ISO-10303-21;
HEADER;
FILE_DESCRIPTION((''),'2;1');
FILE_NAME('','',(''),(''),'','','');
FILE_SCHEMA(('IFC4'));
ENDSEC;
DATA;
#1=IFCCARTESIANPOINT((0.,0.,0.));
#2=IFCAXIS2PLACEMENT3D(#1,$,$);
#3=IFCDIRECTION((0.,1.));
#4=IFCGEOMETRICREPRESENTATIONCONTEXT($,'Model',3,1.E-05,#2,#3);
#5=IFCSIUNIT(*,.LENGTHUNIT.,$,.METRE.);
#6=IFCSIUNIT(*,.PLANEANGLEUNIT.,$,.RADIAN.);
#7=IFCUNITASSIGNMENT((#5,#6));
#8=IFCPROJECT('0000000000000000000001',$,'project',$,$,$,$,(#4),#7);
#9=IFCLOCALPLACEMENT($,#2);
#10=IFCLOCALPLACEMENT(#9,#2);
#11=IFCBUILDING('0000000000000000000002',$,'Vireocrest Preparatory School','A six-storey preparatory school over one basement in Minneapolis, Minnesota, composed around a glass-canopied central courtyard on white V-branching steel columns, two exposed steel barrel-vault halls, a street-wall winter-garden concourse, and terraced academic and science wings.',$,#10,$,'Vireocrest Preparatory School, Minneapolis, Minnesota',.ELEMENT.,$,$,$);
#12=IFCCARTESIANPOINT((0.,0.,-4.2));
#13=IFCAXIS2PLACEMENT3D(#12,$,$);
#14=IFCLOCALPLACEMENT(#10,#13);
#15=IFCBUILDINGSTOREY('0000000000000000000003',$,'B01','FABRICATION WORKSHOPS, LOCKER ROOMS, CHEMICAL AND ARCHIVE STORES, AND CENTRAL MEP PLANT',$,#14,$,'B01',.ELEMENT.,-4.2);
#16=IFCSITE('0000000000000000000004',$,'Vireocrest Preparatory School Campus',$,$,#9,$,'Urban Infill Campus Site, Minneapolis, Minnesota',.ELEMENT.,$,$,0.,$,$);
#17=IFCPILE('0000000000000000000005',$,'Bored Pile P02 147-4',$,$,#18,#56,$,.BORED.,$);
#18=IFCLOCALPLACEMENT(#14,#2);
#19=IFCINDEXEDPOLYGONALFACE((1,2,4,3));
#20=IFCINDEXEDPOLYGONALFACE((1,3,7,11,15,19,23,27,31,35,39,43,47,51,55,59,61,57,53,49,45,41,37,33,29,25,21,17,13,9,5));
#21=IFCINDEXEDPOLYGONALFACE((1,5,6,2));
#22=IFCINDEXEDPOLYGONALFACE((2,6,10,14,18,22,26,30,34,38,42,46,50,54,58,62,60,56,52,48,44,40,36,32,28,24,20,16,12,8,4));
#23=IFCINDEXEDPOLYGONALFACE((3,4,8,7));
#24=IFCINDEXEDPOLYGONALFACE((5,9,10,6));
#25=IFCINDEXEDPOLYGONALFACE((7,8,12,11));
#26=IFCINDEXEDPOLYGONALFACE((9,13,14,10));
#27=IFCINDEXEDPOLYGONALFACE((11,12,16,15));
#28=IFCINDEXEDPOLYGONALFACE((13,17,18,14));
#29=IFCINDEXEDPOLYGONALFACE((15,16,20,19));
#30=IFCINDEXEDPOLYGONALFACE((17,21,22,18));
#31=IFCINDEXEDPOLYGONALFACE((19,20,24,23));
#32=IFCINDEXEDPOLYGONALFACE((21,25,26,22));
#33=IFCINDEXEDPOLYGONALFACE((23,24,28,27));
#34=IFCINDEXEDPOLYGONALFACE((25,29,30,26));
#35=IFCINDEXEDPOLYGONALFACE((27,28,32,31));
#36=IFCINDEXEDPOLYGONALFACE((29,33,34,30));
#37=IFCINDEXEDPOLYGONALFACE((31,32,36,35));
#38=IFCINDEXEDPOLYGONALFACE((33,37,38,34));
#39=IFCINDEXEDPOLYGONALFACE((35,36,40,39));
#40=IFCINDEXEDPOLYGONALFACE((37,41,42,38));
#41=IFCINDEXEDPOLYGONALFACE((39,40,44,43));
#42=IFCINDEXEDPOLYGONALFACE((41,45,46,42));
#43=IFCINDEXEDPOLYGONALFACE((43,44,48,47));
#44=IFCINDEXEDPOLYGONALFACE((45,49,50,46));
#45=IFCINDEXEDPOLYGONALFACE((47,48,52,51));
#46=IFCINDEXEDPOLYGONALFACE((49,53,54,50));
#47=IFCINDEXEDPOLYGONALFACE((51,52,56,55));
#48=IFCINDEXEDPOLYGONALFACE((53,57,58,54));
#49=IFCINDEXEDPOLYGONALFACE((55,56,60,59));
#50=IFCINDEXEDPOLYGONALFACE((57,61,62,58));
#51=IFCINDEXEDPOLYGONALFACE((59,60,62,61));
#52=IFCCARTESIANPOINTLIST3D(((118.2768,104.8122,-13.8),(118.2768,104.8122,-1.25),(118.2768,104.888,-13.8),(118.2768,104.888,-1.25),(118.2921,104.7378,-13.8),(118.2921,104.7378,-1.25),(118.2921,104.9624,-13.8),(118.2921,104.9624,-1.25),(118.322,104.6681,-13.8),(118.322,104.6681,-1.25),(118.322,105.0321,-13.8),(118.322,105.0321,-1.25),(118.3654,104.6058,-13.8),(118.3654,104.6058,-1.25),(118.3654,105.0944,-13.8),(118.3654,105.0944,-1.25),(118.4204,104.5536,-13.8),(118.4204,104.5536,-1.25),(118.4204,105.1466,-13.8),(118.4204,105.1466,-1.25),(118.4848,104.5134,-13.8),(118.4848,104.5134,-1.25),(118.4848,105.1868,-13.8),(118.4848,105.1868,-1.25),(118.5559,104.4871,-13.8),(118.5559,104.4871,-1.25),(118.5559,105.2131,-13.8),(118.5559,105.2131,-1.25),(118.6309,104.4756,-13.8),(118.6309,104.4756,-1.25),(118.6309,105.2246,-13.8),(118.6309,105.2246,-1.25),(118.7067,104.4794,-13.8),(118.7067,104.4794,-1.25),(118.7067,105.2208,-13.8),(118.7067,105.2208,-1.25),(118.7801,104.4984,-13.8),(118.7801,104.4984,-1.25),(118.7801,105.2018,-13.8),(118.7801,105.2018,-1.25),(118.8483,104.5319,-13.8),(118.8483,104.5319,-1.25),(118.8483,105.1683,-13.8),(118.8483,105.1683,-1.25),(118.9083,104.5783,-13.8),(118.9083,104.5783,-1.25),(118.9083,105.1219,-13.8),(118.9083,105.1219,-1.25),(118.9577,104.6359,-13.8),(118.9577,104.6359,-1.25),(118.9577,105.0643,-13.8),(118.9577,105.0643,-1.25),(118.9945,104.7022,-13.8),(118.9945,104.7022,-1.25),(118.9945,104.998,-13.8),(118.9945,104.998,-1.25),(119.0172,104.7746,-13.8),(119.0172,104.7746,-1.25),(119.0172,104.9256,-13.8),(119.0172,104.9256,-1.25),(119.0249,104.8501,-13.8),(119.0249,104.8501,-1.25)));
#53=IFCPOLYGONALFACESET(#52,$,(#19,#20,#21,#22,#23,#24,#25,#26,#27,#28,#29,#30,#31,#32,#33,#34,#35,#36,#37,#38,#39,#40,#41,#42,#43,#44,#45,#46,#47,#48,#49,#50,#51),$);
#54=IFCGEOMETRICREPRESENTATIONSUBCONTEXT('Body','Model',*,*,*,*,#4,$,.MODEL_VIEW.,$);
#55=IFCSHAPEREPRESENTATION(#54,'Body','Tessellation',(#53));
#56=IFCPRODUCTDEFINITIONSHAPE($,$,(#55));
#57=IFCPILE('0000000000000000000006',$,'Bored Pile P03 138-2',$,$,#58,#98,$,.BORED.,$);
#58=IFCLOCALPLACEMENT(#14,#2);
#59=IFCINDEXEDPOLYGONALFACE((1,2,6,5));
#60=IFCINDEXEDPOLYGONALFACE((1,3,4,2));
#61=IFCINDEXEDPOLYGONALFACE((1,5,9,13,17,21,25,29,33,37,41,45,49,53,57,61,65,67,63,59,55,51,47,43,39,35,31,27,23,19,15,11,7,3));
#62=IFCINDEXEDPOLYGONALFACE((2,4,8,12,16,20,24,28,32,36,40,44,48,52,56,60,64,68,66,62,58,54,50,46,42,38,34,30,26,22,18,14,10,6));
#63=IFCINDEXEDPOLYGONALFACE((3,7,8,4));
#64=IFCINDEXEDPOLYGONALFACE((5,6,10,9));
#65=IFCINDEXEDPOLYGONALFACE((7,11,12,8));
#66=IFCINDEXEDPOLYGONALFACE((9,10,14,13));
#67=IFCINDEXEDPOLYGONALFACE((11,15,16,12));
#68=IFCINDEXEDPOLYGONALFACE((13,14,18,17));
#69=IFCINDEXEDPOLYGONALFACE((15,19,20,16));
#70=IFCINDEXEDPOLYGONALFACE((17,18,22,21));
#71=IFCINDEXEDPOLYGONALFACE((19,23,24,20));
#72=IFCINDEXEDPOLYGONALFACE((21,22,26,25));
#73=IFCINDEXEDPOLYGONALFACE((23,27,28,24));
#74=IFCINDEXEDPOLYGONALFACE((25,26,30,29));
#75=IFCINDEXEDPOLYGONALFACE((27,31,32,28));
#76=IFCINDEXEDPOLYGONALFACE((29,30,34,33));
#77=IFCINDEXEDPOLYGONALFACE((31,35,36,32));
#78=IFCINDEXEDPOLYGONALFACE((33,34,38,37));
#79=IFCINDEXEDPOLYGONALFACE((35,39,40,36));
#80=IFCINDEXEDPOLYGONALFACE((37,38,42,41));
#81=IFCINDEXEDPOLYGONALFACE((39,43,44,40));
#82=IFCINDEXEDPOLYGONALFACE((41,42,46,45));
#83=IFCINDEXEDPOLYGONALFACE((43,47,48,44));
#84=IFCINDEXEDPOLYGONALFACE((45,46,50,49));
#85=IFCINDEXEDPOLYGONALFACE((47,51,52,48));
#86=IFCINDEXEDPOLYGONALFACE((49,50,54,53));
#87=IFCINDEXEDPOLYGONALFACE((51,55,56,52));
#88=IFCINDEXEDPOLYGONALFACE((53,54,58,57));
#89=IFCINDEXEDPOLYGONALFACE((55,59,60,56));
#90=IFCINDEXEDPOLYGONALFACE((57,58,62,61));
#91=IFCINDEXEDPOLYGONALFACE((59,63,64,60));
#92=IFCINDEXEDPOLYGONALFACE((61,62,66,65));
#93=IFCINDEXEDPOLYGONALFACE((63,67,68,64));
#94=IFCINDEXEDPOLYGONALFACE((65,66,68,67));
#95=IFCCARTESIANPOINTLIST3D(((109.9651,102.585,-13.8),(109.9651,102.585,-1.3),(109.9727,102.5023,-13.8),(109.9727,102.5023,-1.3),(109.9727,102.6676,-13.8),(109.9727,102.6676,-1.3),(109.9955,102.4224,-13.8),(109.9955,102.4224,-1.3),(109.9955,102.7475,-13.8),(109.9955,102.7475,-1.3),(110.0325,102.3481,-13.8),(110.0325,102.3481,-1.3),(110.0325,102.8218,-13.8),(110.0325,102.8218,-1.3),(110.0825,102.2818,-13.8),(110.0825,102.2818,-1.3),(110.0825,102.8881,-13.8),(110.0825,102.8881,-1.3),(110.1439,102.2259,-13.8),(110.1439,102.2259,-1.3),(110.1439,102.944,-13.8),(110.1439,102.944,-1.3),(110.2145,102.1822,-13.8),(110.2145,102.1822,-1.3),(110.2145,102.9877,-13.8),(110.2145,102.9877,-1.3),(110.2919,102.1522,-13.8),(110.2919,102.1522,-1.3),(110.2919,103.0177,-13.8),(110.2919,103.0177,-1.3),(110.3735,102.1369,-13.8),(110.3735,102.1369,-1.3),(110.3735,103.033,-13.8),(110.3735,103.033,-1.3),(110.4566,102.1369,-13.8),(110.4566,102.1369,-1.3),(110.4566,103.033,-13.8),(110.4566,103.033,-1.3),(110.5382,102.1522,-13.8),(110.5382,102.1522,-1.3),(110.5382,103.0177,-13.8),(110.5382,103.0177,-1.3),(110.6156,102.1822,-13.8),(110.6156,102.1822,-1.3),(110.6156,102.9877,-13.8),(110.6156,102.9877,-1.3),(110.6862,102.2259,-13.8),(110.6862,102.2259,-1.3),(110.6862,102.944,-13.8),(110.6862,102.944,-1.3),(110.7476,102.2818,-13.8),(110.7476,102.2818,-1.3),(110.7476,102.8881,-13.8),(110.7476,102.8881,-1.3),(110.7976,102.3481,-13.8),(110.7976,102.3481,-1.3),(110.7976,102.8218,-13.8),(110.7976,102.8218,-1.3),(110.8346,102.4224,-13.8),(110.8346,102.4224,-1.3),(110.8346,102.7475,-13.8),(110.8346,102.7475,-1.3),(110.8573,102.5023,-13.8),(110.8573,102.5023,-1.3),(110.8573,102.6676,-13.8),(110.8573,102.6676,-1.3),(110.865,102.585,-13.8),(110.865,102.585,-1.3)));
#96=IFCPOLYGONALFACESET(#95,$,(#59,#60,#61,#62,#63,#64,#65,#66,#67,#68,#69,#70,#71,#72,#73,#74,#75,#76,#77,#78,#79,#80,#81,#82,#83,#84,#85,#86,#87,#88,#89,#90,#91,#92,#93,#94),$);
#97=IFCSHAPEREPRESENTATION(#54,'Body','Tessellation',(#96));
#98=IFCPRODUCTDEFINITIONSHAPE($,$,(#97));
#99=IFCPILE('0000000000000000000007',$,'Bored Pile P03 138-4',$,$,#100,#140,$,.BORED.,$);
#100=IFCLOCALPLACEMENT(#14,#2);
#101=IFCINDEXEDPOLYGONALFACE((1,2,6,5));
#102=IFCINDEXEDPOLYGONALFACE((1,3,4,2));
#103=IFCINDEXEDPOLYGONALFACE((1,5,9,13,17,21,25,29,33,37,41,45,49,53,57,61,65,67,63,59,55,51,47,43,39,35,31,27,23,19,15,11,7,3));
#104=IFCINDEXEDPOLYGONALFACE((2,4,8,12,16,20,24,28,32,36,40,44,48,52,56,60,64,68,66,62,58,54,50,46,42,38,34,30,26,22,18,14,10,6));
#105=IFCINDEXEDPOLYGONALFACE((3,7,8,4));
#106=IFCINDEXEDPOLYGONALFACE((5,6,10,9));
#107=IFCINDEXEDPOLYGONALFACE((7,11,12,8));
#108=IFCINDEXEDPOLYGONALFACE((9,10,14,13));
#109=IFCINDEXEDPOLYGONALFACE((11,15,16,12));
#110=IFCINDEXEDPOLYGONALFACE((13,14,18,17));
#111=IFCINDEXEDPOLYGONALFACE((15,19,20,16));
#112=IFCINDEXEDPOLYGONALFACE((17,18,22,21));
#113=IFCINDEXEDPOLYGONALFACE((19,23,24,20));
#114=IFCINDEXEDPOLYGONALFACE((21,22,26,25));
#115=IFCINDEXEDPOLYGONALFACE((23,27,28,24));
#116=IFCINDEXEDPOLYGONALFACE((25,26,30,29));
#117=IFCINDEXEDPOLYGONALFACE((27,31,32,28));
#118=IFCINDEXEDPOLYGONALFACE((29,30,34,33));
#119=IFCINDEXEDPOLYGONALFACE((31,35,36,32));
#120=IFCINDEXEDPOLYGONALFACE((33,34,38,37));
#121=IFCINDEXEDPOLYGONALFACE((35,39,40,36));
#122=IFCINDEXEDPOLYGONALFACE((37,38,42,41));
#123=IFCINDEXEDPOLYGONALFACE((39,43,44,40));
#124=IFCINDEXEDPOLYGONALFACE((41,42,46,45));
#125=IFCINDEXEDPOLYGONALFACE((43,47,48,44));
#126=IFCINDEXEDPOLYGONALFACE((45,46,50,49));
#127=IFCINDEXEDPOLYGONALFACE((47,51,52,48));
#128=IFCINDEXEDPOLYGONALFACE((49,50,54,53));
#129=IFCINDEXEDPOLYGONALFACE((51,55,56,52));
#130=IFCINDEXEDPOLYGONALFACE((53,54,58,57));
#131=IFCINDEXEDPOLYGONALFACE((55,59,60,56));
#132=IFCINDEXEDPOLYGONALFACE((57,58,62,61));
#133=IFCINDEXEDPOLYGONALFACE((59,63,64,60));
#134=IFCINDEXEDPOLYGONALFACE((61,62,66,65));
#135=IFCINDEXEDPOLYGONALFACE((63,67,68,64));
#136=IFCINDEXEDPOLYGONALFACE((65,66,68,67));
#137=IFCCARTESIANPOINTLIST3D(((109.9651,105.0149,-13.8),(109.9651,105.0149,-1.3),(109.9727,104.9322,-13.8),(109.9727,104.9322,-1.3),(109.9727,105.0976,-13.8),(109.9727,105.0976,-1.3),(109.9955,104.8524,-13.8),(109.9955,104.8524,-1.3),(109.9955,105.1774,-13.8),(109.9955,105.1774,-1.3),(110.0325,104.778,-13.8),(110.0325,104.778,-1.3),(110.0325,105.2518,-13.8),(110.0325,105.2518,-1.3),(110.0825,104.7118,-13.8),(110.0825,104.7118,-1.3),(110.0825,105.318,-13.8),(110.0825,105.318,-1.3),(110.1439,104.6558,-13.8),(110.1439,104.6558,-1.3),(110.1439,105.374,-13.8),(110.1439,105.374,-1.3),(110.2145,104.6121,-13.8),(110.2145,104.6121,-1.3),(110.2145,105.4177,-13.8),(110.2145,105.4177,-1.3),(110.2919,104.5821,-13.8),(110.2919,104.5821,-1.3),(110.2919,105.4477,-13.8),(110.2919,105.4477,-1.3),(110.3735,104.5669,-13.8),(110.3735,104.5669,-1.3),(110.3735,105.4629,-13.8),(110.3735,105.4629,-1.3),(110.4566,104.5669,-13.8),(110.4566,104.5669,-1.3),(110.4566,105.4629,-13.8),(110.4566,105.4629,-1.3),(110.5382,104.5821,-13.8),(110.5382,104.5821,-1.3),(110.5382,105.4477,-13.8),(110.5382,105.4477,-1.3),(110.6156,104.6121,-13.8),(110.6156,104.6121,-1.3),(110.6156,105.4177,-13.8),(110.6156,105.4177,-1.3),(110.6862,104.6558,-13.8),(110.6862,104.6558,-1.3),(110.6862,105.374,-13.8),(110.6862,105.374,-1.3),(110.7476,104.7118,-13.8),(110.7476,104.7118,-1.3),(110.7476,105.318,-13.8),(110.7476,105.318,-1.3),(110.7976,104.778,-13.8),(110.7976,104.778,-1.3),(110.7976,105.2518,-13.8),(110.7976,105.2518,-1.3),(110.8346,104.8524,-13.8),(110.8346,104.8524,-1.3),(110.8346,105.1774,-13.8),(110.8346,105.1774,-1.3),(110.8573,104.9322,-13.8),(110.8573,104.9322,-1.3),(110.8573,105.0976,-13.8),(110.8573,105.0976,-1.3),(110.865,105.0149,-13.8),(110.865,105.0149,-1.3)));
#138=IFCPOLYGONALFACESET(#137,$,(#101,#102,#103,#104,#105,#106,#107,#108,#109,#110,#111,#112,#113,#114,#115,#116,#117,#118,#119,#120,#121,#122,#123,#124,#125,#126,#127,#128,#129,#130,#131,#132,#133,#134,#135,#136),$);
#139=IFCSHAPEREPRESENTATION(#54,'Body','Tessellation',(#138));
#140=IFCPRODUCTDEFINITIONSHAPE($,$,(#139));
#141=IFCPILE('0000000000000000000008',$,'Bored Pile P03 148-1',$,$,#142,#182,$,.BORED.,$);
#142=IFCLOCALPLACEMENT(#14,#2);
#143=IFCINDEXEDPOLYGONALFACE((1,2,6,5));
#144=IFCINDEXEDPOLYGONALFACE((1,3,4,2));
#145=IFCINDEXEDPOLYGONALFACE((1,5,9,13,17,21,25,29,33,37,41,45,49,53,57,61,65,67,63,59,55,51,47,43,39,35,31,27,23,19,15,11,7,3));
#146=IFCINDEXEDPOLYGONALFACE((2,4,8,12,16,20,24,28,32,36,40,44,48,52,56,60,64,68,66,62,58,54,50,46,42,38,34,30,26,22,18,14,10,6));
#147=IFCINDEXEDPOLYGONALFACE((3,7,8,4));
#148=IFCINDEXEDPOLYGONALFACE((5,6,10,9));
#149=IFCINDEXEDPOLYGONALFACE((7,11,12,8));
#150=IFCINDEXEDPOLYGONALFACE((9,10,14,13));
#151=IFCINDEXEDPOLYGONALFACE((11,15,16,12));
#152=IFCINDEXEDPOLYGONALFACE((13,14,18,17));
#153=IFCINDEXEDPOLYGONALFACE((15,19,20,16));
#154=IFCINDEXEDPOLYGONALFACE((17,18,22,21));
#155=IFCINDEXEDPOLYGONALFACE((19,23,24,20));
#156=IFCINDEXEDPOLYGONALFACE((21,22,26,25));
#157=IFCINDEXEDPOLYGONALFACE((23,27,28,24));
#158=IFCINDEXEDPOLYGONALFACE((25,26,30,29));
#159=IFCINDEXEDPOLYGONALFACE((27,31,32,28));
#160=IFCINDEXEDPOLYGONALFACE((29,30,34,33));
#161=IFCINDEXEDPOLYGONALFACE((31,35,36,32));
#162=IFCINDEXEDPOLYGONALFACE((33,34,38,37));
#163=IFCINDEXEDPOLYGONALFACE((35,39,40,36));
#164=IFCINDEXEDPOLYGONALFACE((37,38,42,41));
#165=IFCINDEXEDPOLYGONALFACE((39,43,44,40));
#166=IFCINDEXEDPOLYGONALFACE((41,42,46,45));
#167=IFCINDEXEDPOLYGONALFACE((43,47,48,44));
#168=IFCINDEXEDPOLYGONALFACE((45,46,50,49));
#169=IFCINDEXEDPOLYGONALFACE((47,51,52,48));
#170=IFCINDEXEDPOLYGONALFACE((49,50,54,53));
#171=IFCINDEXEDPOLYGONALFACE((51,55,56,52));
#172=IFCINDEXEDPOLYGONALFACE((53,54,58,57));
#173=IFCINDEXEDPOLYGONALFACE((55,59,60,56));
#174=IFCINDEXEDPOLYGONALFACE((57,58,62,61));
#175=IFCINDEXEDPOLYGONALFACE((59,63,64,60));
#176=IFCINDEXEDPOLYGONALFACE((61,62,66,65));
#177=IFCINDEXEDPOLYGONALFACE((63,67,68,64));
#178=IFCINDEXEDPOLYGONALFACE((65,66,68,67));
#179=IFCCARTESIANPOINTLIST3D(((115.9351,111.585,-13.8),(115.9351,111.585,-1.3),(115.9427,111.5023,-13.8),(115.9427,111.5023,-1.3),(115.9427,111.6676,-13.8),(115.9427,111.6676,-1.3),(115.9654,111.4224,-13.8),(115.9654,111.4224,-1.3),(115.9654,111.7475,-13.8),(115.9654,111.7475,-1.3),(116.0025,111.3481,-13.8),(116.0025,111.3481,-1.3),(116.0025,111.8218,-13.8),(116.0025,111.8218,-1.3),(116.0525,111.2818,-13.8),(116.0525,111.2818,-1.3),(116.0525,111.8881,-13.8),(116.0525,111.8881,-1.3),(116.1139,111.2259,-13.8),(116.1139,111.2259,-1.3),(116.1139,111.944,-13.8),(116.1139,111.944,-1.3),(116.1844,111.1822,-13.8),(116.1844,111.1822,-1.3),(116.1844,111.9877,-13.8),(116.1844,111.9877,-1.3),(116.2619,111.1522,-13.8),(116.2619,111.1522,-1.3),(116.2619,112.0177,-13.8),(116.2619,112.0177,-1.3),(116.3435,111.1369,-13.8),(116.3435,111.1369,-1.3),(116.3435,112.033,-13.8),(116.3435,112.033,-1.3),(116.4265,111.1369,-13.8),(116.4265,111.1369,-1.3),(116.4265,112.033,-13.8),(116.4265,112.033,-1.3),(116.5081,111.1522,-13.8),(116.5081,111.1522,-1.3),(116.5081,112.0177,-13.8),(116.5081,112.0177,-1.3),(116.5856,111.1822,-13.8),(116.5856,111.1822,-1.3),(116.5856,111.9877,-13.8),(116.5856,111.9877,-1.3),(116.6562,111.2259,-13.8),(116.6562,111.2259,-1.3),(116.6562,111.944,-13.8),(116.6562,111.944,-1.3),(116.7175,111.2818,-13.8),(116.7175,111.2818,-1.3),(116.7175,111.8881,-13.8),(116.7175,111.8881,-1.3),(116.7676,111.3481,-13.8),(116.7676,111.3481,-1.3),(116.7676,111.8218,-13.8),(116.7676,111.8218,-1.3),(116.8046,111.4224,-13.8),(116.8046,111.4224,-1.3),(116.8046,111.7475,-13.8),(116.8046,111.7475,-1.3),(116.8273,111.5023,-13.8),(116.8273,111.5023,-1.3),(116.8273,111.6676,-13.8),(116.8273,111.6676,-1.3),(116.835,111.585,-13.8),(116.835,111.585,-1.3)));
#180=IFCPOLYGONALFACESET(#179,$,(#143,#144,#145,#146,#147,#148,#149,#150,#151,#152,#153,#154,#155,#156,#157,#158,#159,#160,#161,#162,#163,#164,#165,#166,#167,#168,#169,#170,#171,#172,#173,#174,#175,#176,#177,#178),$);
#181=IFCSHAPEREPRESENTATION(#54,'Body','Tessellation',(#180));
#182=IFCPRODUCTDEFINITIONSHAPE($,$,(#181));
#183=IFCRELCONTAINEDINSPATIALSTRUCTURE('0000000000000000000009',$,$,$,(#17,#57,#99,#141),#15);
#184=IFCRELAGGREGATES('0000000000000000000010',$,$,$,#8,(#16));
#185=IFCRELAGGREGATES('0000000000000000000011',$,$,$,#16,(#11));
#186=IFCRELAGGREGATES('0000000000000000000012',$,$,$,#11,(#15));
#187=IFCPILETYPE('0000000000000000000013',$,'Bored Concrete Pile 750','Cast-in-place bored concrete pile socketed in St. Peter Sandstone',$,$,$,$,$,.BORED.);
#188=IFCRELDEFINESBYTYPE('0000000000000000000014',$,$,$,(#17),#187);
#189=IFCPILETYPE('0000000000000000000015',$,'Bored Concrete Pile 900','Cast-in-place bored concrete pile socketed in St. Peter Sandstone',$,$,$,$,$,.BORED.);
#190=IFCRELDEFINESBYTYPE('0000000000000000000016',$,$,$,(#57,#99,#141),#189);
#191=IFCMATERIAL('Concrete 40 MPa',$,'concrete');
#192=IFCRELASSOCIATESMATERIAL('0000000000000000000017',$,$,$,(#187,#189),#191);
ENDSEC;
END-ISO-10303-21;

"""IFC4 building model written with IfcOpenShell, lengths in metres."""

from ifc_helpers import new_model, si_unit, direction, frame, origin, origin_2d, place, context, subcontext, project, spatial, circle, extrude, material, material_profile, profile_set, type_object, element, save


model = new_model("IFC4")

# Units and contexts
model_context = context("Model", 3, precision=1e-05, world=origin(), true_north=direction((0.0, 1.0)))
body_context = subcontext(model_context, "Body", "Model", "MODEL_VIEW")
ifc_project = project(units=[si_unit("LENGTHUNIT", "METRE"), si_unit("PLANEANGLEUNIT", "RADIAN")], contexts=[model_context])

# Site, building, storey
site_placement = place(None, origin())
site = spatial("IfcSite", under=ifc_project, at=site_placement, Name="Vireocrest Preparatory School Campus", LongName="Urban Infill Campus Site, Minneapolis, Minnesota", CompositionType="ELEMENT", RefElevation=0.0)
building_placement = place(site_placement, origin())
building = spatial("IfcBuilding", under=site, at=building_placement, Name="Vireocrest Preparatory School", Description="A six-storey preparatory school over one basement in Minneapolis, Minnesota, composed around a glass-canopied central courtyard on white V-branching steel columns, two exposed steel barrel-vault halls, a street-wall winter-garden concourse, and terraced academic and science wings.", LongName="Vireocrest Preparatory School, Minneapolis, Minnesota", CompositionType="ELEMENT")
storey_placement = place(building_placement, frame((0.0, 0.0, -4.2)))
storey = spatial("IfcBuildingStorey", under=building, at=storey_placement, Name="B01", Description="FABRICATION WORKSHOPS, LOCKER ROOMS, CHEMICAL AND ARCHIVE STORES, AND CENTRAL MEP PLANT", LongName="B01", CompositionType="ELEMENT", Elevation=-4.2)

# Piles
ifc_material_1 = material(Name="Concrete 40 MPa", Category="concrete")
ifc_material_profile_1 = material_profile(ifc_material_1, circle(Radius=0.375, at=origin_2d()), Name="BORED PILE 750")
ifc_profile_set_1 = profile_set([ifc_material_profile_1], Name="Concrete 40 MPa")
pile_type_1 = type_object("IfcPileType", Name="Bored Concrete Pile 750", Description="Cast-in-place bored concrete pile socketed in St. Peter Sandstone", PredefinedType="BORED", material=ifc_profile_set_1)
for number, where, z_axis, x_axis, name in (
    (1, (118.6499, 104.8501, -1.25), (0.0, 0.0, -1.0), (1.0, 0.0, 0.0), "Bored Pile P02 147-4"),
):
    element("IfcPile", number, at=place(storey_placement, frame(where, z_axis=z_axis, x_axis=x_axis)), inside=storey, type_object=pile_type_1, Name=name, PredefinedType="BORED", context=body_context, shape_type="SweptSolid", body=[
        extrude(circle(Radius=0.375, at=origin_2d()), origin(), (0.0, 0.0, 1.0), 12.55),
    ])
ifc_material_profile_2 = material_profile(ifc_material_1, circle(Radius=0.45, at=origin_2d()), Name="BORED PILE 900")
ifc_profile_set_2 = profile_set([ifc_material_profile_2], Name="Concrete 40 MPa")
pile_type_2 = type_object("IfcPileType", Name="Bored Concrete Pile 900", Description="Cast-in-place bored concrete pile socketed in St. Peter Sandstone", PredefinedType="BORED", material=ifc_profile_set_2)
for number, where, z_axis, x_axis, name in (
    (2, (110.415, 102.585, -1.3), (0.0, 0.0, -1.0), (1.0, 0.0, 0.0), "Bored Pile P03 138-2"),
    (3, (110.415, 105.0149, -1.3), (0.0, 0.0, -1.0), (1.0, 0.0, 0.0), "Bored Pile P03 138-4"),
    (4, (116.385, 111.585, -1.3), (0.0, 0.0, -1.0), (1.0, 0.0, 0.0), "Bored Pile P03 148-1"),
):
    element("IfcPile", number, at=place(storey_placement, frame(where, z_axis=z_axis, x_axis=x_axis)), inside=storey, type_object=pile_type_2, Name=name, PredefinedType="BORED", context=body_context, shape_type="SweptSolid", body=[
        extrude(circle(Radius=0.45, at=origin_2d()), origin(), (0.0, 0.0, 1.0), 12.5),
    ])

save(model, "model.ifc")
